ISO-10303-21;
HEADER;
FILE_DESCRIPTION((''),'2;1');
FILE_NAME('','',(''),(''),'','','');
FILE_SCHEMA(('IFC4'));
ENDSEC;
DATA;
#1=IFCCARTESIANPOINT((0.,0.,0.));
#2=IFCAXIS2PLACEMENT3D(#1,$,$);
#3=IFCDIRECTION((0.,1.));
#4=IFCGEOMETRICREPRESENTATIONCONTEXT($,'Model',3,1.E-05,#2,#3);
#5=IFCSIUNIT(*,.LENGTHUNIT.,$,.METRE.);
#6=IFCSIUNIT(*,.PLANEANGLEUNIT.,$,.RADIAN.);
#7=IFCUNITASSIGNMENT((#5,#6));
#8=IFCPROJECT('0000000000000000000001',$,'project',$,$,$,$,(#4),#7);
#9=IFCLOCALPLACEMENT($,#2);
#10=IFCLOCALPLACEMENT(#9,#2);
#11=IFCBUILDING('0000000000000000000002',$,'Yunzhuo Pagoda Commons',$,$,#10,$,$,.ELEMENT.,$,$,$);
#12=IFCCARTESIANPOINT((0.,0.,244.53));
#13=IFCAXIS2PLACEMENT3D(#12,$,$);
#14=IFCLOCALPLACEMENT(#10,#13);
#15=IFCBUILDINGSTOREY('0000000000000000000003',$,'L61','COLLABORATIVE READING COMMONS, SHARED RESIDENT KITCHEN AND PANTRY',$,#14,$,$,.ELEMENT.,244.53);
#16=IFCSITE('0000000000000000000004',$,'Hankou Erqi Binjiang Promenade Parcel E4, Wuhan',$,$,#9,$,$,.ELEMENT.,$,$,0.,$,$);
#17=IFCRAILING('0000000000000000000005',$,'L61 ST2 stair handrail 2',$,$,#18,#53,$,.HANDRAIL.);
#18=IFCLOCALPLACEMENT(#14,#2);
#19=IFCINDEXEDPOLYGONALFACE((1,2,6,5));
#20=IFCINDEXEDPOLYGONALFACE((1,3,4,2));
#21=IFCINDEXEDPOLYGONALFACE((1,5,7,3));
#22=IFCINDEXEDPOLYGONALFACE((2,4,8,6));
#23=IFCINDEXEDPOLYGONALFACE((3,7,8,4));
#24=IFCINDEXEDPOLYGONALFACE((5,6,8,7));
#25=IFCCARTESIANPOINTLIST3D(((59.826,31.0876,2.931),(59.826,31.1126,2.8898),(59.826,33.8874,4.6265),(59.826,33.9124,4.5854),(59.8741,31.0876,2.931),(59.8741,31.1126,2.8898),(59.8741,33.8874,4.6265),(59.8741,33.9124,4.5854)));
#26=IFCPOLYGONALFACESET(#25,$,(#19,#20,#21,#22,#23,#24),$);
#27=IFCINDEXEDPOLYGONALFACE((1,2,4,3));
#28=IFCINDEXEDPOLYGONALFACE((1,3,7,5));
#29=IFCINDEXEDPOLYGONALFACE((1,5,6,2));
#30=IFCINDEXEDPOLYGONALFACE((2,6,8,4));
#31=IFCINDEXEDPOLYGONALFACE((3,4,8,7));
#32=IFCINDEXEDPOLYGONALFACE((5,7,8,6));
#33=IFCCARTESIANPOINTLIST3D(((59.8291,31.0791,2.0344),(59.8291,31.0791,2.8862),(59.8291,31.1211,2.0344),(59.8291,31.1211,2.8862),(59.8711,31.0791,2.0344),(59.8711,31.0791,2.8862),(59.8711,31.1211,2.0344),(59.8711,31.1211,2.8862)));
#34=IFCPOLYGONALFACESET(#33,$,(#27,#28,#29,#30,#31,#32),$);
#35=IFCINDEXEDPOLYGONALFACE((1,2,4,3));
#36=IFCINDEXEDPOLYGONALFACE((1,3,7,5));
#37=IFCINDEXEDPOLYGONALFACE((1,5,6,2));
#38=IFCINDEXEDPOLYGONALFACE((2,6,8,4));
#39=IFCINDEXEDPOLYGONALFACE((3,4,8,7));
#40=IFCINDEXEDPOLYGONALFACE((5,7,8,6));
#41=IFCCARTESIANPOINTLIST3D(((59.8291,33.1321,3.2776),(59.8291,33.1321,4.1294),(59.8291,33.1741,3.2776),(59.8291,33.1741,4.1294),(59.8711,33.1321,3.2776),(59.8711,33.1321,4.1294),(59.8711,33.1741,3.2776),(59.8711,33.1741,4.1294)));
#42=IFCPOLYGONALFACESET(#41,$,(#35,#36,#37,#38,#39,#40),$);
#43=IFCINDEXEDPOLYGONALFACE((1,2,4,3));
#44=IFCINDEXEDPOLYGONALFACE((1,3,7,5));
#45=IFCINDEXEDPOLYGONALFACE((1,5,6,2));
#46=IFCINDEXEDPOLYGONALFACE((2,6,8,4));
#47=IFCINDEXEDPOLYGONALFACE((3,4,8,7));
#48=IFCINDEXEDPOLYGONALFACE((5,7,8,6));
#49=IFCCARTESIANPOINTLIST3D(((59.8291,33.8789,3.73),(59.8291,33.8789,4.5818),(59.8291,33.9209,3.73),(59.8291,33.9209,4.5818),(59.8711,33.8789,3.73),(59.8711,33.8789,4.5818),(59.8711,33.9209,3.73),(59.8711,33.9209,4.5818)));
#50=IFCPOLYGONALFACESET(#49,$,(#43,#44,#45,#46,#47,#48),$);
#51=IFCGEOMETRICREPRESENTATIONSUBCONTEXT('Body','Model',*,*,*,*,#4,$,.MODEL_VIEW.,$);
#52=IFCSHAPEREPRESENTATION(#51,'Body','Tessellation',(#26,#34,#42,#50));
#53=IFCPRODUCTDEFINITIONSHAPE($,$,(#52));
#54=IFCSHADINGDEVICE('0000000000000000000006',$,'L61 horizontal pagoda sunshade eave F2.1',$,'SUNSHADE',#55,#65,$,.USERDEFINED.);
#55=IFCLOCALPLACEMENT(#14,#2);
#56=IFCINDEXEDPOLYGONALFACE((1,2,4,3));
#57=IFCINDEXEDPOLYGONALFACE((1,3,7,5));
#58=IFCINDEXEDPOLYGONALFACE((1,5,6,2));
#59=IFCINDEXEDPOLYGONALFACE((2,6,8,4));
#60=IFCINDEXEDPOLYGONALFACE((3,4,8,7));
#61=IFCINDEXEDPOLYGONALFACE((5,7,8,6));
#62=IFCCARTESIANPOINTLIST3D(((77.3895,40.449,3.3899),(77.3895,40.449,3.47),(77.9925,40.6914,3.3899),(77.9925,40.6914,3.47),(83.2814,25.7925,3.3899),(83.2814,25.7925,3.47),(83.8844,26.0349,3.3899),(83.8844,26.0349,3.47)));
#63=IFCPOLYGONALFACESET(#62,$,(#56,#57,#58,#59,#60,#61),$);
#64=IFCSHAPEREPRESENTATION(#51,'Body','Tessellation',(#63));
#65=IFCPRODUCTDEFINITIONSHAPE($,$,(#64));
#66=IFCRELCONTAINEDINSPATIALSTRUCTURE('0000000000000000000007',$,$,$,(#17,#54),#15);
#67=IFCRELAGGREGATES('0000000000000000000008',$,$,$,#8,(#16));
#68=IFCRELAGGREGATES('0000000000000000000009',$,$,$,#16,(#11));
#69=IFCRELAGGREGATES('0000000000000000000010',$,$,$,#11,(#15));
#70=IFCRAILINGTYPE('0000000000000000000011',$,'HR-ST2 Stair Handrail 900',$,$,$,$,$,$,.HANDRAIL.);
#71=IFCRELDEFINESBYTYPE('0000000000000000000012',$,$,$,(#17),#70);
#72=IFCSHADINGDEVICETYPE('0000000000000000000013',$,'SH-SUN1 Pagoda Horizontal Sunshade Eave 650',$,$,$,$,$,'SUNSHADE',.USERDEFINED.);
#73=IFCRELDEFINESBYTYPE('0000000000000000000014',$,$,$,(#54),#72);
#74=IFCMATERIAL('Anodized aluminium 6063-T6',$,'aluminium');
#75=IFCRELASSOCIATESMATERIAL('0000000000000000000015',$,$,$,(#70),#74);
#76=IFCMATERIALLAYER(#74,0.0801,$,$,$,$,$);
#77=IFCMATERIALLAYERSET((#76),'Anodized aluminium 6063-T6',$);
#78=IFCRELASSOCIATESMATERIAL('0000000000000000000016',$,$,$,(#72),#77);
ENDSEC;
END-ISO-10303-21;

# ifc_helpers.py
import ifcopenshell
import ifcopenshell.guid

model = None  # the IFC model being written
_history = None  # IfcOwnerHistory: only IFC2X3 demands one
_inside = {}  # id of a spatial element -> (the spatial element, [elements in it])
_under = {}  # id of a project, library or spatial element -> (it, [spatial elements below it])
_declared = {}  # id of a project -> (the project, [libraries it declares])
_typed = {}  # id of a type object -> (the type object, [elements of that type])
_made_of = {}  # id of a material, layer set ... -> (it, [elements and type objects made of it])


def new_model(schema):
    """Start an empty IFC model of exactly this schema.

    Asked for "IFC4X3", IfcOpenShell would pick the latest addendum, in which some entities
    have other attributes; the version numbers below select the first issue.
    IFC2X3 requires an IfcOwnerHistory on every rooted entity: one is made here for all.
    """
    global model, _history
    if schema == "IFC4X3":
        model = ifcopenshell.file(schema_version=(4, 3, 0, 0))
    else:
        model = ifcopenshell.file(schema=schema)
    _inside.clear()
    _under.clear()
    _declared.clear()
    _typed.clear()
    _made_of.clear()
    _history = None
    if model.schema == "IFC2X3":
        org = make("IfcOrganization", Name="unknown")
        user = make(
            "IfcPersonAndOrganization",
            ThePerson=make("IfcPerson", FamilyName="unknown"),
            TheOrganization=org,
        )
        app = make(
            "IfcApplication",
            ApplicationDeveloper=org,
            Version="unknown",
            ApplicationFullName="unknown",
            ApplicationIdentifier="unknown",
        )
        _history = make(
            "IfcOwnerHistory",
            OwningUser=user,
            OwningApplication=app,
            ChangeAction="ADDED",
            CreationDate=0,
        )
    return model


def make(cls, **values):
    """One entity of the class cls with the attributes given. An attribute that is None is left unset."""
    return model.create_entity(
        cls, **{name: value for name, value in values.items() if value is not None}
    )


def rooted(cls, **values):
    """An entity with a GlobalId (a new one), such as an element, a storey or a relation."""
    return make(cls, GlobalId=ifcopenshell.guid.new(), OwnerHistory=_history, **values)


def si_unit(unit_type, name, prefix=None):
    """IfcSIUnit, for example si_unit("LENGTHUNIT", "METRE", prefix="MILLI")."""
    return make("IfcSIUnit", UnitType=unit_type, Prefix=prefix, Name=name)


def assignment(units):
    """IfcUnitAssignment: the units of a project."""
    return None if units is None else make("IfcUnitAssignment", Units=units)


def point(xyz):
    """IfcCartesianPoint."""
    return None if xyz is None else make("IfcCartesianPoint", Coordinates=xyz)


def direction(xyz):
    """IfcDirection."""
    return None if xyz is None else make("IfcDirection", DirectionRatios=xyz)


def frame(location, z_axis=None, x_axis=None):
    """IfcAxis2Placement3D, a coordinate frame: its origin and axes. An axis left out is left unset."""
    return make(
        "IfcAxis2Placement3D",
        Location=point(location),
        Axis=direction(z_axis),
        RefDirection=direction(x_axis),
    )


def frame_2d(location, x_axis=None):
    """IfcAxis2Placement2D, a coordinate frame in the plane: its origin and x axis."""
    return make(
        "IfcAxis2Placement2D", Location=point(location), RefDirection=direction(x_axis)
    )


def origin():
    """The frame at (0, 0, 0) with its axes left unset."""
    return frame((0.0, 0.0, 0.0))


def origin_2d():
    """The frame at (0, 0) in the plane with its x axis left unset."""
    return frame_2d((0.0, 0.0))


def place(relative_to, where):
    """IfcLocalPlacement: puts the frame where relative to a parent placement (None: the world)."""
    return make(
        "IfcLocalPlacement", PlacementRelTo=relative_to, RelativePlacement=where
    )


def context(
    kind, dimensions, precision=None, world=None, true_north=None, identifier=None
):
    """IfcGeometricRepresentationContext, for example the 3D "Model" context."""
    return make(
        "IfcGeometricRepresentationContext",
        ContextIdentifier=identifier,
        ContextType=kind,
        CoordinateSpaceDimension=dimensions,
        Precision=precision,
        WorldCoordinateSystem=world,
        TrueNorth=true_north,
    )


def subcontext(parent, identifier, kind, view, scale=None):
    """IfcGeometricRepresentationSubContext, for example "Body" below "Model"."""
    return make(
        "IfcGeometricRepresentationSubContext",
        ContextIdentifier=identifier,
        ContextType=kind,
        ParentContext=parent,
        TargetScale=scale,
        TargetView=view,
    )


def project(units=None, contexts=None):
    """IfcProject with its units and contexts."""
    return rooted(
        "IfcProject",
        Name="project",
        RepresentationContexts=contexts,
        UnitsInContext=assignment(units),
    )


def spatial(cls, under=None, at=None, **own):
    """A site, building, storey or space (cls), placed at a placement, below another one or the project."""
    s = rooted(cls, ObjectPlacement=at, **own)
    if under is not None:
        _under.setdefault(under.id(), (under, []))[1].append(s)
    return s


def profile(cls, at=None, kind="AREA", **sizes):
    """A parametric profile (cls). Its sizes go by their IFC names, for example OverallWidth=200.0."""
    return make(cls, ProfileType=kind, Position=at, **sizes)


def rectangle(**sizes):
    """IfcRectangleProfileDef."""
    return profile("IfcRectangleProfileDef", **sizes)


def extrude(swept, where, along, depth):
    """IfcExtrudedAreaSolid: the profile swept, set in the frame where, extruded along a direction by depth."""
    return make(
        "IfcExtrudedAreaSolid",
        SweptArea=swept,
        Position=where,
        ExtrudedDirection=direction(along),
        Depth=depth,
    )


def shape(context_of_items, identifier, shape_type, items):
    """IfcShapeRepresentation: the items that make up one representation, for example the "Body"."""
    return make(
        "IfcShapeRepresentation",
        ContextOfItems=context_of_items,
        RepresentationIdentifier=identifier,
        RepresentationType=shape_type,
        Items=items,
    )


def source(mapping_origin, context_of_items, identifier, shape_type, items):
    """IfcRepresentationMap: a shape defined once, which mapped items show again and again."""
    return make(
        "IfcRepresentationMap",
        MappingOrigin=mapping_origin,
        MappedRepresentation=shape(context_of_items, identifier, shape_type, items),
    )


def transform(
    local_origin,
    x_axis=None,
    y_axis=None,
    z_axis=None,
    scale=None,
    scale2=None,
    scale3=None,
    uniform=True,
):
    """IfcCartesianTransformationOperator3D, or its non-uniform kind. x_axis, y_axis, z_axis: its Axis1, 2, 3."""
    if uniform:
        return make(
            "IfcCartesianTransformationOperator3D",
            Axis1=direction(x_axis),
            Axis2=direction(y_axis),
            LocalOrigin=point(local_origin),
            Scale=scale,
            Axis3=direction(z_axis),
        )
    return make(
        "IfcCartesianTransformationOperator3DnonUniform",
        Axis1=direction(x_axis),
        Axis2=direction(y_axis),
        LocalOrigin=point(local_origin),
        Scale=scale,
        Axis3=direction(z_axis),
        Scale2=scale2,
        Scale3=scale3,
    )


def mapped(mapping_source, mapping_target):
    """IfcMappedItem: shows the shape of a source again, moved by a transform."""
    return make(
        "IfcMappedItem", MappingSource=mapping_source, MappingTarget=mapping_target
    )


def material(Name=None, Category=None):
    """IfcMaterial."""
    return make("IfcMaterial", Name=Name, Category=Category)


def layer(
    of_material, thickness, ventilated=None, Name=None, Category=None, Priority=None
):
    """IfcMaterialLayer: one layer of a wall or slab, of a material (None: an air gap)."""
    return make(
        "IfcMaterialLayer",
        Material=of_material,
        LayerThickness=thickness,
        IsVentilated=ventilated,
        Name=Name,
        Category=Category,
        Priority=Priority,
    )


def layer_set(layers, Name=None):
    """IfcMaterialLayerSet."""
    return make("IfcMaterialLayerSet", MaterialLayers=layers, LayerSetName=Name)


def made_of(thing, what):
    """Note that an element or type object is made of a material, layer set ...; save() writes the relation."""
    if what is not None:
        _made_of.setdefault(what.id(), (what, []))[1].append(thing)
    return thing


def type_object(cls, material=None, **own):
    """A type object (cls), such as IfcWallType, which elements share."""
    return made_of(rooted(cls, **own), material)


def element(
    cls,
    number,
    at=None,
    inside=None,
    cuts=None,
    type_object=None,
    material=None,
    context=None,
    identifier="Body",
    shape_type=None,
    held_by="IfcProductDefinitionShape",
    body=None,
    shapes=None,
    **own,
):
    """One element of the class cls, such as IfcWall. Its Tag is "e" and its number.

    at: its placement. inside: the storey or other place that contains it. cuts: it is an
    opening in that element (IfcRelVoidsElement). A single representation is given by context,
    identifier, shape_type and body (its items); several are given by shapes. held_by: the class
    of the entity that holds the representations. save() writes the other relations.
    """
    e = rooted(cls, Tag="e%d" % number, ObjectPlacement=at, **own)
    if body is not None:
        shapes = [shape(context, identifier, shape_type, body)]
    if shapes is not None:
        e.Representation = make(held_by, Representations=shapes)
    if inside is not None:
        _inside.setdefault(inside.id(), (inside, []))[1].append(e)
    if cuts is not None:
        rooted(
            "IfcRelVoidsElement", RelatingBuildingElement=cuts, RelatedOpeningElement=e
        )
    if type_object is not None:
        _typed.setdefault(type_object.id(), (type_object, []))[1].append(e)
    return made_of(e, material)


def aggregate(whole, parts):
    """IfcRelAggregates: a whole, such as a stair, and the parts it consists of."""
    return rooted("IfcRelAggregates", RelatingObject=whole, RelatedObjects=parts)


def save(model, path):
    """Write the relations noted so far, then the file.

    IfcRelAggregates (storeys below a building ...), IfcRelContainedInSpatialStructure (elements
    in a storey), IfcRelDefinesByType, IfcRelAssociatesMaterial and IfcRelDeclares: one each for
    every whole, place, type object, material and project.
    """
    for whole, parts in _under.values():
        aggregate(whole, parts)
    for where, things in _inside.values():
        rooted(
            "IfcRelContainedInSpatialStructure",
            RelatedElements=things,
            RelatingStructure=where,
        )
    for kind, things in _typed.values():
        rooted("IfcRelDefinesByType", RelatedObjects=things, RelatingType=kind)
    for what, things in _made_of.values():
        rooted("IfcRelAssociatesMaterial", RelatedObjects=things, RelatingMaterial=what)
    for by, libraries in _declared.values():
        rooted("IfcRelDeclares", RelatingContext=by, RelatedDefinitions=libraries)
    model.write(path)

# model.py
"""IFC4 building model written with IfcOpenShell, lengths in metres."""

from ifc_helpers import new_model, si_unit, direction, frame, origin, origin_2d, place, context, subcontext, project, spatial, rectangle, extrude, source, transform, mapped, material, layer, layer_set, type_object, element, save


model = new_model("IFC4")

# Units and contexts
model_context = context("Model", 3, precision=1e-05, world=origin(), true_north=direction((0.0, 1.0)))
body_context = subcontext(model_context, "Body", "Model", "MODEL_VIEW")
ifc_project = project(units=[si_unit("LENGTHUNIT", "METRE"), si_unit("PLANEANGLEUNIT", "RADIAN")], contexts=[model_context])

# Site, building, storey
site_placement = place(None, origin())
site = spatial("IfcSite", under=ifc_project, at=site_placement, Name="Hankou Erqi Binjiang Promenade Parcel E4, Wuhan", CompositionType="ELEMENT", RefElevation=0.0)
building_placement = place(site_placement, origin())
building = spatial("IfcBuilding", under=site, at=building_placement, Name="Yunzhuo Pagoda Commons", CompositionType="ELEMENT")
storey_placement = place(building_placement, frame((0.0, 0.0, 244.53)))
storey = spatial("IfcBuildingStorey", under=building, at=storey_placement, Name="L61", Description="COLLABORATIVE READING COMMONS, SHARED RESIDENT KITCHEN AND PANTRY", CompositionType="ELEMENT", Elevation=244.53)

# Shared definitions
ifc_material_1 = material(Name="Anodized aluminium 6063-T6", Category="aluminium")

# Railing
railing_type_1 = type_object("IfcRailingType", Name="HR-ST2 Stair Handrail 900", PredefinedType="HANDRAIL", material=ifc_material_1)
railing_1_placement = place(storey_placement, frame((59.8501, 31.1001, 2.0344)))
element("IfcRailing", 1, at=railing_1_placement, inside=storey, type_object=railing_type_1, Name="L61 ST2 stair handrail 2", PredefinedType="HANDRAIL", context=body_context, shape_type="SweptSolid", body=[
    extrude(rectangle(XDim=0.0481, YDim=0.0481, at=origin_2d()), frame((0.0, 0.0, 0.876), z_axis=(0.0, 0.855373, 0.518012), x_axis=(-1.0, 0.0, 0.0)), (0.0, 0.0, 1.0), 3.2732),
    extrude(rectangle(XDim=0.042, YDim=0.042, at=origin_2d()), origin(), (0.0, 0.0, 1.0), 0.8518),
    extrude(rectangle(XDim=0.042, YDim=0.042, at=origin_2d()), frame((0.0, 2.053, 1.2432)), (0.0, 0.0, 1.0), 0.8518),
    extrude(rectangle(XDim=0.042, YDim=0.042, at=origin_2d()), frame((0.0, 2.7998, 1.6956)), (0.0, 0.0, 1.0), 0.8518),
])

# Shading device
ifc_layer_1 = layer(ifc_material_1, 0.0801)
ifc_layer_set_1 = layer_set([ifc_layer_1], Name="Anodized aluminium 6063-T6")
shading_device_type = type_object("IfcShadingDeviceType", Name="SH-SUN1 Pagoda Horizontal Sunshade Eave 650", ElementType="SUNSHADE", PredefinedType="USERDEFINED", material=ifc_layer_set_1)
shared_shape_1 = source(origin(), body_context, "Body", "SweptSolid", [
    extrude(rectangle(XDim=15.7964, YDim=0.6499, at=origin_2d()), origin(), (0.0, 0.0, 1.0), 0.0801),
])
shading_device_placement = place(storey_placement, frame((80.637, 33.2419, 3.3899), z_axis=(0.0, 0.0, 1.0), x_axis=(-0.372988, 0.927836, 0.0)))
element("IfcShadingDevice", 2, at=shading_device_placement, inside=storey, type_object=shading_device_type, Name="L61 horizontal pagoda sunshade eave F2.1", ObjectType="SUNSHADE", PredefinedType="USERDEFINED", context=body_context, shape_type="MappedRepresentation", body=[
    mapped(shared_shape_1, transform((0.0, 0.0, 0.0), scale=1.0)),
])

save(model, "model.ifc")
